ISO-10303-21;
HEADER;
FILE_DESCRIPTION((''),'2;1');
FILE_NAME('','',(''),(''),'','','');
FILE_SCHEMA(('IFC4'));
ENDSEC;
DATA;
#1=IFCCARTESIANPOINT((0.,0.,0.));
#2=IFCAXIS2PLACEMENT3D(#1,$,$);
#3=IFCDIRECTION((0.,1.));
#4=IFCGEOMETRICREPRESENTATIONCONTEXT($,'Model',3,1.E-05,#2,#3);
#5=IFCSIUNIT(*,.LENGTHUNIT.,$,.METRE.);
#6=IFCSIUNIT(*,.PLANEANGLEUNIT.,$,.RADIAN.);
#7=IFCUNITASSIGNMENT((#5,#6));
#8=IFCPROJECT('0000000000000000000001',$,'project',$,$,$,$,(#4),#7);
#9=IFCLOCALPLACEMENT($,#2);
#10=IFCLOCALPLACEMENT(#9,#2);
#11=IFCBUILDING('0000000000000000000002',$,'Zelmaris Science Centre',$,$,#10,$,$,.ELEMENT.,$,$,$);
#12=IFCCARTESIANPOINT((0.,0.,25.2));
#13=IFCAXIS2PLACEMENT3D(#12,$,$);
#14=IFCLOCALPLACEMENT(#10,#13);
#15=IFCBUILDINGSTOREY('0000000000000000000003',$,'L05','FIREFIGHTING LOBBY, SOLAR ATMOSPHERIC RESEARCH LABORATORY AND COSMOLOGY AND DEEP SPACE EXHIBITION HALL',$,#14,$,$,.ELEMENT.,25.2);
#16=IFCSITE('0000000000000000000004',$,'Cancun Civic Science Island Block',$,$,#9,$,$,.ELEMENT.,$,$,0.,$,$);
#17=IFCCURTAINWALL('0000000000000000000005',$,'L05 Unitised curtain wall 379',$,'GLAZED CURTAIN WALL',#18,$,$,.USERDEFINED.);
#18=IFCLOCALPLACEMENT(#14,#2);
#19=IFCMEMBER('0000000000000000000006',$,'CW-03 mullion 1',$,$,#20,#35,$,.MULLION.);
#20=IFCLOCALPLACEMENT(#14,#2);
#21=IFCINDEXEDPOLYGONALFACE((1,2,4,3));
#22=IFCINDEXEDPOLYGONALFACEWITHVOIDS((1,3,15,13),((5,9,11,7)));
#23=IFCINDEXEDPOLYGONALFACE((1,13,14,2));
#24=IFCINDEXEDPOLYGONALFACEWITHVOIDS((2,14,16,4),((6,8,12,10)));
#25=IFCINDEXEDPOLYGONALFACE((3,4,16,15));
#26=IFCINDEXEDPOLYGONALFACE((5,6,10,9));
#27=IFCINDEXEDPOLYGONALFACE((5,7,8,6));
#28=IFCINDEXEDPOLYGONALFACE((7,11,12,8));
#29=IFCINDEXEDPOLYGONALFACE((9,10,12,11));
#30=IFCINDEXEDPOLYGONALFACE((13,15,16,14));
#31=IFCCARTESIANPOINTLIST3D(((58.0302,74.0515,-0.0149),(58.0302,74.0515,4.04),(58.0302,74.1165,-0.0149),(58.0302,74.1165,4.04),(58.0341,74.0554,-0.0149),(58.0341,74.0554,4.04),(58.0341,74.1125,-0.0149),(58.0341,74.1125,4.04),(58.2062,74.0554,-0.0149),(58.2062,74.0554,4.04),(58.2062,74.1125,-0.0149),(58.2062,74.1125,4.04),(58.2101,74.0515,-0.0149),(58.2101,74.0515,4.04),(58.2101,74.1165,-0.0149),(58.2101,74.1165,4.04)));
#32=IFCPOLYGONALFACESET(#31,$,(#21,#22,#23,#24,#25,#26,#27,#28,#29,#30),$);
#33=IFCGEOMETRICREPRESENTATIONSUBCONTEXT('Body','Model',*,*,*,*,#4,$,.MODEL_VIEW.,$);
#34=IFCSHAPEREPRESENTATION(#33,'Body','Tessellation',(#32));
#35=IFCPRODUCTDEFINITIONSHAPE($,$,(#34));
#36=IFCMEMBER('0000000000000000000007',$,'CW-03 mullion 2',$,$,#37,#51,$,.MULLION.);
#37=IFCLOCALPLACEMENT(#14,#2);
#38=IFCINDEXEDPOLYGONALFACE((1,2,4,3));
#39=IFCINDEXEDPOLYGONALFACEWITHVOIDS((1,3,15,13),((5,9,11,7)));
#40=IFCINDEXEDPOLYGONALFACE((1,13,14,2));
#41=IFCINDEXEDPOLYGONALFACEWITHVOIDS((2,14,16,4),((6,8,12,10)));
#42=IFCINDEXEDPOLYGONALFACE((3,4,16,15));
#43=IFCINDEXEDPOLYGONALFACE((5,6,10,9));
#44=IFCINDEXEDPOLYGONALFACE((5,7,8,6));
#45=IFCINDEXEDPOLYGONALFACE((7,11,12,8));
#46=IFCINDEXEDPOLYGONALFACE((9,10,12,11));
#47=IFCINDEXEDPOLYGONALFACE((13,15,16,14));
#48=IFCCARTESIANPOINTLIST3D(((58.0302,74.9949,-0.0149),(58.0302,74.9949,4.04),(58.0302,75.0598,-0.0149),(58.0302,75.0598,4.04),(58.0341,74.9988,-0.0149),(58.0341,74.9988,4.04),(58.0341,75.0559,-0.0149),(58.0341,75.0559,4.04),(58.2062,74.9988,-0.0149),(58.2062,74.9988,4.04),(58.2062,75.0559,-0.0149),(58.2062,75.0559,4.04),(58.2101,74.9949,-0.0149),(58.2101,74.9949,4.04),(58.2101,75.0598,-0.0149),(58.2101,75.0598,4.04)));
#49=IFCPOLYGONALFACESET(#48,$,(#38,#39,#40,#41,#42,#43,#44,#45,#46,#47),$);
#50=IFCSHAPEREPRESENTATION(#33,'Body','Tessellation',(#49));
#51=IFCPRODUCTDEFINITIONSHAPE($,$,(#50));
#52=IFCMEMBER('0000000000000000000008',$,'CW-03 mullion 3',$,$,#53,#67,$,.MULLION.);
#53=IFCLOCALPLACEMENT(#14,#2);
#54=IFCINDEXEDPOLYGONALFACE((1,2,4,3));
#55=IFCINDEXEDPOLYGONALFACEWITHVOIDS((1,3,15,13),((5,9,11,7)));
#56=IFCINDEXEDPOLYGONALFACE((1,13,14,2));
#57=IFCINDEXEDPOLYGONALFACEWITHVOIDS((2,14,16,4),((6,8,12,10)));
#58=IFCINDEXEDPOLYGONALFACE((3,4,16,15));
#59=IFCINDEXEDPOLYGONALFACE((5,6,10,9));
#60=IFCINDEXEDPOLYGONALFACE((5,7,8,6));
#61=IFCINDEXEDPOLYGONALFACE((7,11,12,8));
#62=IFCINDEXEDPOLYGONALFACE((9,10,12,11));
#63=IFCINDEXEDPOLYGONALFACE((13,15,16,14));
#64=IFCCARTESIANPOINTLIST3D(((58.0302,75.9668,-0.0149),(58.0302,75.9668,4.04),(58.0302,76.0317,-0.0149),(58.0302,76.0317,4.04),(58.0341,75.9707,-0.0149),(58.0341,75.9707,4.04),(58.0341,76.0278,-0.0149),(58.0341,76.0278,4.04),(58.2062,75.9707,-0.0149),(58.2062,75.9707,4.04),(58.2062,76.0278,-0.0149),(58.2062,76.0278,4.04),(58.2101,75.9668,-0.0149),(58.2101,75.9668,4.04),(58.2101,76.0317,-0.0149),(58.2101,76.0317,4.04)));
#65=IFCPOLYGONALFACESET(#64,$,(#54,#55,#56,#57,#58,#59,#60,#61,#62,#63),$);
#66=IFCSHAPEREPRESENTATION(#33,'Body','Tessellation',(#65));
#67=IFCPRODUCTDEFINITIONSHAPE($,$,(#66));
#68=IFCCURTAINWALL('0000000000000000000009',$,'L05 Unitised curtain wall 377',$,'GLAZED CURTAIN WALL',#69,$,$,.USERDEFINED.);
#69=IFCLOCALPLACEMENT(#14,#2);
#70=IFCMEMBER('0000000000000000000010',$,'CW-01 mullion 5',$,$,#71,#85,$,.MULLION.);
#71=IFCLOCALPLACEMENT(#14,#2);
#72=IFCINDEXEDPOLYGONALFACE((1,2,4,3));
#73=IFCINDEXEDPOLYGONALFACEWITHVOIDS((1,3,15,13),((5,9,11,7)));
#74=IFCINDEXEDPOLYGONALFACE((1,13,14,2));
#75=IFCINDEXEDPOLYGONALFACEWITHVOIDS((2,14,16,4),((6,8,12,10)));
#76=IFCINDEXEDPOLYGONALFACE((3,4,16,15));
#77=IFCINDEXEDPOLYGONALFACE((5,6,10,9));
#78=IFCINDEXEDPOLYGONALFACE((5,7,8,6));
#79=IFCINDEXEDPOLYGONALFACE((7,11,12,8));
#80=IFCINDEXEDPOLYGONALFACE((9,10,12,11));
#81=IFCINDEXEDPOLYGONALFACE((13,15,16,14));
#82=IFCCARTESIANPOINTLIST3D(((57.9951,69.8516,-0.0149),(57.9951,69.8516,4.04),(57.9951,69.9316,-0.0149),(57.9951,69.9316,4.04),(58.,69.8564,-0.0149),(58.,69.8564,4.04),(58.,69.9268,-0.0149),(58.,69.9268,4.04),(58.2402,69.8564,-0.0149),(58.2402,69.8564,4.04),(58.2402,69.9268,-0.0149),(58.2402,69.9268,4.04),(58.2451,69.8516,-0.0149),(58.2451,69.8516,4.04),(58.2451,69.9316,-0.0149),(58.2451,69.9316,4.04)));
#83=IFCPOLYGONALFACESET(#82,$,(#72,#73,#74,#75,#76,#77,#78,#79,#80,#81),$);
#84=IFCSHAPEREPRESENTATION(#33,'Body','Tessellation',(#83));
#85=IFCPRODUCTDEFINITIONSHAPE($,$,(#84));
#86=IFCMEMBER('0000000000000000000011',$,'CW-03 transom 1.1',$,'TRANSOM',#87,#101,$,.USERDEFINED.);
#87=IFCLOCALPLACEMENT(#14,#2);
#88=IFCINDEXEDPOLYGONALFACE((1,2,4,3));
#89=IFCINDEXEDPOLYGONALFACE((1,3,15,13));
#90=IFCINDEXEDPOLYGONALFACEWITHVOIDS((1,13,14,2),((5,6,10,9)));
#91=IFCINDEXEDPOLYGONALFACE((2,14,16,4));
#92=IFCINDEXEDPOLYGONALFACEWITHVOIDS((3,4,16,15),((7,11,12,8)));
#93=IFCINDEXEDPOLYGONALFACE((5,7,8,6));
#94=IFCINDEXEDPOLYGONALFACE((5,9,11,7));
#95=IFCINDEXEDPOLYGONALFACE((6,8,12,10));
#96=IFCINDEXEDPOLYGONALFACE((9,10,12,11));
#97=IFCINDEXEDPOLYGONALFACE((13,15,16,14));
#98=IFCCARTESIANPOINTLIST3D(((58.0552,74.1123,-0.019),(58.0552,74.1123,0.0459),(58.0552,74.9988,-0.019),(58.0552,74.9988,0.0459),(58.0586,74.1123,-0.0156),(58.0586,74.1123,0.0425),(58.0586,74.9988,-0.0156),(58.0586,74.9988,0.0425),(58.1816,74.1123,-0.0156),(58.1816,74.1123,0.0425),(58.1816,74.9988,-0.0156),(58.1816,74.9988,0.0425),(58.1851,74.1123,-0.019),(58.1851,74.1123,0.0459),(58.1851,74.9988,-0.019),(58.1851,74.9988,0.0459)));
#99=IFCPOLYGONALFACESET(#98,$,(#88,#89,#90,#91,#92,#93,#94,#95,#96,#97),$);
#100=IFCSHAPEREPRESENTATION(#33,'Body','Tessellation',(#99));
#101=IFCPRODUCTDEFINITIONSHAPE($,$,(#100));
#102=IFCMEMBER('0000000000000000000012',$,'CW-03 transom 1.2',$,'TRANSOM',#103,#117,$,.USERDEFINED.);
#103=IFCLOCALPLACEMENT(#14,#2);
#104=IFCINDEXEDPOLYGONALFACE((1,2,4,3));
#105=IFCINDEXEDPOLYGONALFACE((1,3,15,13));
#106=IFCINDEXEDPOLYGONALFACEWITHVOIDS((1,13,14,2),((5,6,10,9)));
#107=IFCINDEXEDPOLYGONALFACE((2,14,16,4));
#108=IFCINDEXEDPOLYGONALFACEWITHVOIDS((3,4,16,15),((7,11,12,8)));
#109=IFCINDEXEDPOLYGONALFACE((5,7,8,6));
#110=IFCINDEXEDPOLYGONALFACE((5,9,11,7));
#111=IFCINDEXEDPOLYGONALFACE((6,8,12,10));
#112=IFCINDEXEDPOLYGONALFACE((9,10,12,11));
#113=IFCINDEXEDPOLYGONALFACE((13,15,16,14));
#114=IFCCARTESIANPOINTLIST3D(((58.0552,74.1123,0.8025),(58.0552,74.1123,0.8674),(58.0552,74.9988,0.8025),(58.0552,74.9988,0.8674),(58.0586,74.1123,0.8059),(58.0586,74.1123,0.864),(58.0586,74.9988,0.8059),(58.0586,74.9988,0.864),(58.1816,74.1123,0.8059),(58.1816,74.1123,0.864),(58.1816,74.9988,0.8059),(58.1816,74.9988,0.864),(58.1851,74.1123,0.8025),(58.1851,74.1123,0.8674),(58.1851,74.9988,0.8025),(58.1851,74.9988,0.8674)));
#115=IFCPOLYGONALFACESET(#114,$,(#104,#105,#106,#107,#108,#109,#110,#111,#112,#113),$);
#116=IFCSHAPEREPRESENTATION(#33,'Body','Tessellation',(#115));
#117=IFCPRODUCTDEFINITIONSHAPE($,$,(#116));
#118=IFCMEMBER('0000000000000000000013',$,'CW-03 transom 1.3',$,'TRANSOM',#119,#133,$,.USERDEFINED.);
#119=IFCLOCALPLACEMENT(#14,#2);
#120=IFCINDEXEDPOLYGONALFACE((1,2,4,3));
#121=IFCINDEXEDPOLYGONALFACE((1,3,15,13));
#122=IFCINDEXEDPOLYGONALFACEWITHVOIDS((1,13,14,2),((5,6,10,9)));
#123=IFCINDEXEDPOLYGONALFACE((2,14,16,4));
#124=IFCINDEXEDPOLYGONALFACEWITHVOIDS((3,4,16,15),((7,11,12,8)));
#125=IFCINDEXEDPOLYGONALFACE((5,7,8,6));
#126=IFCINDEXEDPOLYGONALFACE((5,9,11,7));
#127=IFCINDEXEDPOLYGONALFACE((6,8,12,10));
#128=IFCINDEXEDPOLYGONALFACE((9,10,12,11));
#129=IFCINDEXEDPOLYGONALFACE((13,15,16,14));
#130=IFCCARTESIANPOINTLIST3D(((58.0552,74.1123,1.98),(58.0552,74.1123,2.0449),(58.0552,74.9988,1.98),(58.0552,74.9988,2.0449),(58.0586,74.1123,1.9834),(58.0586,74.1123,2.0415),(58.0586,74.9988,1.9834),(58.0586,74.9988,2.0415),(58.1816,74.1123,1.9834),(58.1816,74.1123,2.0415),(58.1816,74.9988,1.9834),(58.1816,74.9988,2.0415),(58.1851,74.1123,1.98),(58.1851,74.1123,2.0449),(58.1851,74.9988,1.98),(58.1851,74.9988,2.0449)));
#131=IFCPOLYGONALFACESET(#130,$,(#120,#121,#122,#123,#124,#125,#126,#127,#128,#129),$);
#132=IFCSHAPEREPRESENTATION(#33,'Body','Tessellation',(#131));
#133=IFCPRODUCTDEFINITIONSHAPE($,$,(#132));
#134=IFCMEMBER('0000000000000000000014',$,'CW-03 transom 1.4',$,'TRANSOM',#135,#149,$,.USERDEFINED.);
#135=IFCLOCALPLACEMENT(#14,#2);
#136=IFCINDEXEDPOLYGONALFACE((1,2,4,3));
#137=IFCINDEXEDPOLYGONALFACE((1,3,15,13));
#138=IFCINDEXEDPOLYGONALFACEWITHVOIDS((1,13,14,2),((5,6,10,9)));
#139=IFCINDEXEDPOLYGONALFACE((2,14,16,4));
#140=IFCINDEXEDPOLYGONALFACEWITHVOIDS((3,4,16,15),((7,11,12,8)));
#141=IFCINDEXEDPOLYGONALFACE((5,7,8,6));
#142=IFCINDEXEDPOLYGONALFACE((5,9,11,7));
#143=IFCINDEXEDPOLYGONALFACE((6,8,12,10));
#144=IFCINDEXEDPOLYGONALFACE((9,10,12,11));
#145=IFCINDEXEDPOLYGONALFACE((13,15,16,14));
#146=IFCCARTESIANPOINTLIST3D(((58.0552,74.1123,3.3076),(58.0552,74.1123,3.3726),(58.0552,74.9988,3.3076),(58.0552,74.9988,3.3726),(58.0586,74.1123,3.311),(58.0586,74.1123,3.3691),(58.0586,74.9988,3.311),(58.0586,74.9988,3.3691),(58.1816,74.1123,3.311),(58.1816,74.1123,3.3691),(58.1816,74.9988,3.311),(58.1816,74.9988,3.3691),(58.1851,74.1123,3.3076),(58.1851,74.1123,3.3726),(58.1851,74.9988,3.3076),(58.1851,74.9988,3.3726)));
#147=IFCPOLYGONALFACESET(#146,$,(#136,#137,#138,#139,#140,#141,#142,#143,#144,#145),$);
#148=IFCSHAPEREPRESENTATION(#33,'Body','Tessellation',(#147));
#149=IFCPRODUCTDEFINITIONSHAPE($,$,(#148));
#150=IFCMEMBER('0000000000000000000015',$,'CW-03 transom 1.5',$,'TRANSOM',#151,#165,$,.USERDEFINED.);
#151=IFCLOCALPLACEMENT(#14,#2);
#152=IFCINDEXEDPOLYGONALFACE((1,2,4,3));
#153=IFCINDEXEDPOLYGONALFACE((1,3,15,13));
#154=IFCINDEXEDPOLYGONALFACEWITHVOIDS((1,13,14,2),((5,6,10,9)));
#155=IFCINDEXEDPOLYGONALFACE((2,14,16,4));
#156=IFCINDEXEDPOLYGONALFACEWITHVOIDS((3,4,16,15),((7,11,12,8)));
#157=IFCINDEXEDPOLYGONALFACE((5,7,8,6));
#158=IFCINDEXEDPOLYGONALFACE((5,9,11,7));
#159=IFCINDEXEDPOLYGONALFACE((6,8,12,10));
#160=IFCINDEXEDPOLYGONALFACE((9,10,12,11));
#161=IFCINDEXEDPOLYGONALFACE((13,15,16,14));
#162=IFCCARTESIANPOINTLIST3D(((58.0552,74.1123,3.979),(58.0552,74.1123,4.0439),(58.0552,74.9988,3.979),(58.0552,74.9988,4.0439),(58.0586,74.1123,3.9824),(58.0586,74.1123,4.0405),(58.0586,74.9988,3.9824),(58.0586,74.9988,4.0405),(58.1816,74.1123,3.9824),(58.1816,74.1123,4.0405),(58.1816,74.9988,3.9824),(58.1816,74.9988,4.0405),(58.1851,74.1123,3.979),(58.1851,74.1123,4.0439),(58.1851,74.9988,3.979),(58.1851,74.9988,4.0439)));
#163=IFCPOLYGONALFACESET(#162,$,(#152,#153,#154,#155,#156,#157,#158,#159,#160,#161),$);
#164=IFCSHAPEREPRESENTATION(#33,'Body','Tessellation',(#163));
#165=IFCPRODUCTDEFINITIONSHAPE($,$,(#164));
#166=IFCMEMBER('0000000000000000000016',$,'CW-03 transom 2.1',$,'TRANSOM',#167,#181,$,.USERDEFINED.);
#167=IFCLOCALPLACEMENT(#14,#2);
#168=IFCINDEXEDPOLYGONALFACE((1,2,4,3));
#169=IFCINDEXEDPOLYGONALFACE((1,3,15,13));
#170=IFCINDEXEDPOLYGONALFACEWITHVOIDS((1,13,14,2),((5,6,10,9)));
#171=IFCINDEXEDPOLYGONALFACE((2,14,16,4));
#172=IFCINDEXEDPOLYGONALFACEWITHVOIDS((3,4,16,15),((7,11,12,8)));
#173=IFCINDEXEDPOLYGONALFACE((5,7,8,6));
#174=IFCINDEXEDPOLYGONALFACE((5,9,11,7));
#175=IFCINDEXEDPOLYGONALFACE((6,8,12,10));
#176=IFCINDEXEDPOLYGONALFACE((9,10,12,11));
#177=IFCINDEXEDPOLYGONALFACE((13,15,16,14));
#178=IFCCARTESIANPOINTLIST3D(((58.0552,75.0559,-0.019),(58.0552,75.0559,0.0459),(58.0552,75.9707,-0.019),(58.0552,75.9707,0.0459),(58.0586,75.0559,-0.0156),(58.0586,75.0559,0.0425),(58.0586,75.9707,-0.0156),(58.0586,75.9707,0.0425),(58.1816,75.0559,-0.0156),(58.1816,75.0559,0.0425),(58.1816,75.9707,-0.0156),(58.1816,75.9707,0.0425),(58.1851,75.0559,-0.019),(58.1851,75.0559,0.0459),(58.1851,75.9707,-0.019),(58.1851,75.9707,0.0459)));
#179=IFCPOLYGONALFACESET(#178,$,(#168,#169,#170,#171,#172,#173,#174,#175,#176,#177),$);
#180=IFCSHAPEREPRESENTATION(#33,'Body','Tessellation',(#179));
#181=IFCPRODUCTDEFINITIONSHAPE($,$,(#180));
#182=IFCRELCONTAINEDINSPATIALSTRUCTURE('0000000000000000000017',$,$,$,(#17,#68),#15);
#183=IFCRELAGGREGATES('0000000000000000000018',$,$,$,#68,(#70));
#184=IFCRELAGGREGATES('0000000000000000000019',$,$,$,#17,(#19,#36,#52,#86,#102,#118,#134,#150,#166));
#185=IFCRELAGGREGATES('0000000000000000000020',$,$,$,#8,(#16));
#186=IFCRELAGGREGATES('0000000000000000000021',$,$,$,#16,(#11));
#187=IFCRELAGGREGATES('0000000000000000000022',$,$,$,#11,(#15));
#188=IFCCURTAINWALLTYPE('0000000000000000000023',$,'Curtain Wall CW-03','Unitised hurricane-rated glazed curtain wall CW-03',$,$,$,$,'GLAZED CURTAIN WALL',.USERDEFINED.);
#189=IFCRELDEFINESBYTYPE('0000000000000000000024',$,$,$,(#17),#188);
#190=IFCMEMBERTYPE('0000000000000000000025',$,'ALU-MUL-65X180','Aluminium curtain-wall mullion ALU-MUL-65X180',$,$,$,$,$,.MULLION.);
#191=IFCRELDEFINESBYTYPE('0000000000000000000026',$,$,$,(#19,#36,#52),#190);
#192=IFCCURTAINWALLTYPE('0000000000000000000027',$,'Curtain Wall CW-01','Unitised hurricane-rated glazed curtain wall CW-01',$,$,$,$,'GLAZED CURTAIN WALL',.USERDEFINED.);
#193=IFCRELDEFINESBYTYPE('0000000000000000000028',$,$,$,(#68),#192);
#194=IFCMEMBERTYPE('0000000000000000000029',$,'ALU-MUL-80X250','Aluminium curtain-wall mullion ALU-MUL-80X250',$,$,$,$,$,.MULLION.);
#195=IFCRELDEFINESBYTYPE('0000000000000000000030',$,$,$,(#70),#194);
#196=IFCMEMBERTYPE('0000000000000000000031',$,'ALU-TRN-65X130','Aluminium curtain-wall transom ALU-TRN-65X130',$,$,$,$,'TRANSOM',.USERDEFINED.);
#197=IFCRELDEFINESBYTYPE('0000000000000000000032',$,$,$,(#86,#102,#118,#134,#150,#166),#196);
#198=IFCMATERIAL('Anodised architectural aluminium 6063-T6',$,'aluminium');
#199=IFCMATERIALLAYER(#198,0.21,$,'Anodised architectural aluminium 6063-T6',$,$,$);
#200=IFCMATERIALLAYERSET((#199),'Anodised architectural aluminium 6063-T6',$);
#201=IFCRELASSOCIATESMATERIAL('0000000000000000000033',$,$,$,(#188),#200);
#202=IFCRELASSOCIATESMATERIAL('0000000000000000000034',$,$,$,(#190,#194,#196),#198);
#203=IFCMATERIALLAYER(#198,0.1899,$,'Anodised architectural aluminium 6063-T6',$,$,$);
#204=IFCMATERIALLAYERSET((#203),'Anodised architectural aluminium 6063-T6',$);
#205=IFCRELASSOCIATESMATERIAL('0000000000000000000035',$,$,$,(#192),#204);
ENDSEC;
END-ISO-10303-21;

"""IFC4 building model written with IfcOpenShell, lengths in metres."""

from ifc_helpers import new_model, si_unit, direction, frame, origin, origin_2d, place, context, subcontext, project, spatial, hollow_rectangle, extrude, material, layer, layer_set, material_profile, profile_set, type_object, element, aggregate, save


model = new_model("IFC4")

# Units and contexts
model_context = context("Model", 3, precision=1e-05, world=origin(), true_north=direction((0.0, 1.0)))
body_context = subcontext(model_context, "Body", "Model", "MODEL_VIEW")
ifc_project = project(units=[si_unit("LENGTHUNIT", "METRE"), si_unit("PLANEANGLEUNIT", "RADIAN")], contexts=[model_context])

# Site, building, storey
site_placement = place(None, origin())
site = spatial("IfcSite", under=ifc_project, at=site_placement, Name="Cancun Civic Science Island Block", CompositionType="ELEMENT", RefElevation=0.0)
building_placement = place(site_placement, origin())
building = spatial("IfcBuilding", under=site, at=building_placement, Name="Zelmaris Science Centre", CompositionType="ELEMENT")
storey_placement = place(building_placement, frame((0.0, 0.0, 25.2)))
storey = spatial("IfcBuildingStorey", under=building, at=storey_placement, Name="L05", Description="FIREFIGHTING LOBBY, SOLAR ATMOSPHERIC RESEARCH LABORATORY AND COSMOLOGY AND DEEP SPACE EXHIBITION HALL", CompositionType="ELEMENT", Elevation=25.2)

# Curtain wall, members
ifc_material_1 = material(Name="Anodised architectural aluminium 6063-T6", Category="aluminium")
ifc_layer_1 = layer(ifc_material_1, 0.21, Name="Anodised architectural aluminium 6063-T6")
ifc_layer_set_1 = layer_set([ifc_layer_1], Name="Anodised architectural aluminium 6063-T6")
curtain_wall_type_1 = type_object("IfcCurtainWallType", Name="Curtain Wall CW-03", Description="Unitised hurricane-rated glazed curtain wall CW-03", ElementType="GLAZED CURTAIN WALL", PredefinedType="USERDEFINED", material=ifc_layer_set_1)
curtain_wall_1_placement = place(storey_placement, origin())
curtain_wall_1 = element("IfcCurtainWall", 1, at=curtain_wall_1_placement, inside=storey, type_object=curtain_wall_type_1, Name="L05 Unitised curtain wall 379", ObjectType="GLAZED CURTAIN WALL", PredefinedType="USERDEFINED")
ifc_material_profile_1 = material_profile(ifc_material_1, hollow_rectangle(XDim=0.0649, YDim=0.1799, WallThickness=0.0039, at=origin_2d()), Name="ALU-MUL-65X180")
ifc_profile_set_1 = profile_set([ifc_material_profile_1], Name="Anodised architectural aluminium 6063-T6")
member_type_1 = type_object("IfcMemberType", Name="ALU-MUL-65X180", Description="Aluminium curtain-wall mullion ALU-MUL-65X180", PredefinedType="MULLION", material=ifc_profile_set_1)
member_1_placement = place(storey_placement, frame((58.1201, 74.084, -0.0149), z_axis=(0.0, 0.0, 1.0), x_axis=(-0.000003, 1.0, 0.0)))
member_1 = element("IfcMember", 2, at=member_1_placement, type_object=member_type_1, Name="CW-03 mullion 1", PredefinedType="MULLION", context=body_context, shape_type="SweptSolid", body=[
    extrude(hollow_rectangle(XDim=0.0649, YDim=0.1799, WallThickness=0.0039, at=origin_2d()), origin(), (0.0, 0.0, 1.0), 4.0549),
])
member_2_placement = place(storey_placement, frame((58.1201, 75.0273, -0.0149), z_axis=(0.0, 0.0, 1.0), x_axis=(-0.000003, 1.0, 0.0)))
member_2 = element("IfcMember", 3, at=member_2_placement, type_object=member_type_1, Name="CW-03 mullion 2", PredefinedType="MULLION", context=body_context, shape_type="SweptSolid", body=[
    extrude(hollow_rectangle(XDim=0.0649, YDim=0.1799, WallThickness=0.0039, at=origin_2d()), origin(), (0.0, 0.0, 1.0), 4.0549),
])
member_3_placement = place(storey_placement, frame((58.1201, 75.9993, -0.0149), z_axis=(0.0, 0.0, 1.0), x_axis=(-0.000003, 1.0, 0.0)))
member_3 = element("IfcMember", 4, at=member_3_placement, type_object=member_type_1, Name="CW-03 mullion 3", PredefinedType="MULLION", context=body_context, shape_type="SweptSolid", body=[
    extrude(hollow_rectangle(XDim=0.0649, YDim=0.1799, WallThickness=0.0039, at=origin_2d()), origin(), (0.0, 0.0, 1.0), 4.0549),
])

# Curtain wall, member
ifc_layer_2 = layer(ifc_material_1, 0.1899, Name="Anodised architectural aluminium 6063-T6")
ifc_layer_set_2 = layer_set([ifc_layer_2], Name="Anodised architectural aluminium 6063-T6")
curtain_wall_type_2 = type_object("IfcCurtainWallType", Name="Curtain Wall CW-01", Description="Unitised hurricane-rated glazed curtain wall CW-01", ElementType="GLAZED CURTAIN WALL", PredefinedType="USERDEFINED", material=ifc_layer_set_2)
curtain_wall_2_placement = place(storey_placement, origin())
curtain_wall_2 = element("IfcCurtainWall", 5, at=curtain_wall_2_placement, inside=storey, type_object=curtain_wall_type_2, Name="L05 Unitised curtain wall 377", ObjectType="GLAZED CURTAIN WALL", PredefinedType="USERDEFINED")
ifc_material_profile_2 = material_profile(ifc_material_1, hollow_rectangle(XDim=0.0801, YDim=0.25, WallThickness=0.0049, at=origin_2d()), Name="ALU-MUL-80X250")
ifc_profile_set_2 = profile_set([ifc_material_profile_2], Name="Anodised architectural aluminium 6063-T6")
member_type_2 = type_object("IfcMemberType", Name="ALU-MUL-80X250", Description="Aluminium curtain-wall mullion ALU-MUL-80X250", PredefinedType="MULLION", material=ifc_profile_set_2)
member_4_placement = place(storey_placement, frame((58.1201, 69.8916, -0.0149), z_axis=(0.0, 0.0, 1.0), x_axis=(-0.000003, 1.0, 0.0)))
member_4 = element("IfcMember", 6, at=member_4_placement, type_object=member_type_2, Name="CW-01 mullion 5", PredefinedType="MULLION", context=body_context, shape_type="SweptSolid", body=[
    extrude(hollow_rectangle(XDim=0.0801, YDim=0.25, WallThickness=0.0049, at=origin_2d()), origin(), (0.0, 0.0, 1.0), 4.0549),
])

# Members
ifc_material_profile_3 = material_profile(ifc_material_1, hollow_rectangle(XDim=0.0649, YDim=0.1299, WallThickness=0.0034, at=origin_2d()), Name="ALU-TRN-65X130")
ifc_profile_set_3 = profile_set([ifc_material_profile_3], Name="Anodised architectural aluminium 6063-T6")
member_type_3 = type_object("IfcMemberType", Name="ALU-TRN-65X130", Description="Aluminium curtain-wall transom ALU-TRN-65X130", ElementType="TRANSOM", PredefinedType="USERDEFINED", material=ifc_profile_set_3)
member_5_placement = place(storey_placement, frame((58.1201, 74.1123, 0.0134), z_axis=(0.0, 1.0, 0.0), x_axis=(0.0, 0.0, 1.0)))
member_5 = element("IfcMember", 7, at=member_5_placement, type_object=member_type_3, Name="CW-03 transom 1.1", ObjectType="TRANSOM", PredefinedType="USERDEFINED", context=body_context, shape_type="SweptSolid", body=[
    extrude(hollow_rectangle(XDim=0.0649, YDim=0.1299, WallThickness=0.0034, at=origin_2d()), origin(), (0.0, 0.0, 1.0), 0.8865),
])
member_6_placement = place(storey_placement, frame((58.1201, 74.1123, 0.835), z_axis=(0.0, 1.0, 0.0), x_axis=(0.0, 0.0, 1.0)))
member_6 = element("IfcMember", 8, at=member_6_placement, type_object=member_type_3, Name="CW-03 transom 1.2", ObjectType="TRANSOM", PredefinedType="USERDEFINED", context=body_context, shape_type="SweptSolid", body=[
    extrude(hollow_rectangle(XDim=0.0649, YDim=0.1299, WallThickness=0.0034, at=origin_2d()), origin(), (0.0, 0.0, 1.0), 0.8865),
])
member_7_placement = place(storey_placement, frame((58.1201, 74.1123, 2.0125), z_axis=(0.0, 1.0, 0.0), x_axis=(0.0, 0.0, 1.0)))
member_7 = element("IfcMember", 9, at=member_7_placement, type_object=member_type_3, Name="CW-03 transom 1.3", ObjectType="TRANSOM", PredefinedType="USERDEFINED", context=body_context, shape_type="SweptSolid", body=[
    extrude(hollow_rectangle(XDim=0.0649, YDim=0.1299, WallThickness=0.0034, at=origin_2d()), origin(), (0.0, 0.0, 1.0), 0.8865),
])
member_8_placement = place(storey_placement, frame((58.1201, 74.1123, 3.3401), z_axis=(0.0, 1.0, 0.0), x_axis=(0.0, 0.0, 1.0)))
member_8 = element("IfcMember", 10, at=member_8_placement, type_object=member_type_3, Name="CW-03 transom 1.4", ObjectType="TRANSOM", PredefinedType="USERDEFINED", context=body_context, shape_type="SweptSolid", body=[
    extrude(hollow_rectangle(XDim=0.0649, YDim=0.1299, WallThickness=0.0034, at=origin_2d()), origin(), (0.0, 0.0, 1.0), 0.8865),
])
member_9_placement = place(storey_placement, frame((58.1201, 74.1123, 4.0115), z_axis=(0.0, 1.0, 0.0), x_axis=(0.0, 0.0, 1.0)))
member_9 = element("IfcMember", 11, at=member_9_placement, type_object=member_type_3, Name="CW-03 transom 1.5", ObjectType="TRANSOM", PredefinedType="USERDEFINED", context=body_context, shape_type="SweptSolid", body=[
    extrude(hollow_rectangle(XDim=0.0649, YDim=0.1299, WallThickness=0.0034, at=origin_2d()), origin(), (0.0, 0.0, 1.0), 0.8865),
])
member_10_placement = place(storey_placement, frame((58.1201, 75.0559, 0.0134), z_axis=(0.0, 1.0, 0.0), x_axis=(0.0, 0.0, 1.0)))
member_10 = element("IfcMember", 12, at=member_10_placement, type_object=member_type_3, Name="CW-03 transom 2.1", ObjectType="TRANSOM", PredefinedType="USERDEFINED", context=body_context, shape_type="SweptSolid", body=[
    extrude(hollow_rectangle(XDim=0.0649, YDim=0.1299, WallThickness=0.0034, at=origin_2d()), origin(), (0.0, 0.0, 1.0), 0.9148),
])

aggregate(curtain_wall_2, [member_4])
aggregate(curtain_wall_1, [member_1, member_2, member_3, member_5, member_6, member_7, member_8, member_9, member_10])

save(model, "model.ifc")
